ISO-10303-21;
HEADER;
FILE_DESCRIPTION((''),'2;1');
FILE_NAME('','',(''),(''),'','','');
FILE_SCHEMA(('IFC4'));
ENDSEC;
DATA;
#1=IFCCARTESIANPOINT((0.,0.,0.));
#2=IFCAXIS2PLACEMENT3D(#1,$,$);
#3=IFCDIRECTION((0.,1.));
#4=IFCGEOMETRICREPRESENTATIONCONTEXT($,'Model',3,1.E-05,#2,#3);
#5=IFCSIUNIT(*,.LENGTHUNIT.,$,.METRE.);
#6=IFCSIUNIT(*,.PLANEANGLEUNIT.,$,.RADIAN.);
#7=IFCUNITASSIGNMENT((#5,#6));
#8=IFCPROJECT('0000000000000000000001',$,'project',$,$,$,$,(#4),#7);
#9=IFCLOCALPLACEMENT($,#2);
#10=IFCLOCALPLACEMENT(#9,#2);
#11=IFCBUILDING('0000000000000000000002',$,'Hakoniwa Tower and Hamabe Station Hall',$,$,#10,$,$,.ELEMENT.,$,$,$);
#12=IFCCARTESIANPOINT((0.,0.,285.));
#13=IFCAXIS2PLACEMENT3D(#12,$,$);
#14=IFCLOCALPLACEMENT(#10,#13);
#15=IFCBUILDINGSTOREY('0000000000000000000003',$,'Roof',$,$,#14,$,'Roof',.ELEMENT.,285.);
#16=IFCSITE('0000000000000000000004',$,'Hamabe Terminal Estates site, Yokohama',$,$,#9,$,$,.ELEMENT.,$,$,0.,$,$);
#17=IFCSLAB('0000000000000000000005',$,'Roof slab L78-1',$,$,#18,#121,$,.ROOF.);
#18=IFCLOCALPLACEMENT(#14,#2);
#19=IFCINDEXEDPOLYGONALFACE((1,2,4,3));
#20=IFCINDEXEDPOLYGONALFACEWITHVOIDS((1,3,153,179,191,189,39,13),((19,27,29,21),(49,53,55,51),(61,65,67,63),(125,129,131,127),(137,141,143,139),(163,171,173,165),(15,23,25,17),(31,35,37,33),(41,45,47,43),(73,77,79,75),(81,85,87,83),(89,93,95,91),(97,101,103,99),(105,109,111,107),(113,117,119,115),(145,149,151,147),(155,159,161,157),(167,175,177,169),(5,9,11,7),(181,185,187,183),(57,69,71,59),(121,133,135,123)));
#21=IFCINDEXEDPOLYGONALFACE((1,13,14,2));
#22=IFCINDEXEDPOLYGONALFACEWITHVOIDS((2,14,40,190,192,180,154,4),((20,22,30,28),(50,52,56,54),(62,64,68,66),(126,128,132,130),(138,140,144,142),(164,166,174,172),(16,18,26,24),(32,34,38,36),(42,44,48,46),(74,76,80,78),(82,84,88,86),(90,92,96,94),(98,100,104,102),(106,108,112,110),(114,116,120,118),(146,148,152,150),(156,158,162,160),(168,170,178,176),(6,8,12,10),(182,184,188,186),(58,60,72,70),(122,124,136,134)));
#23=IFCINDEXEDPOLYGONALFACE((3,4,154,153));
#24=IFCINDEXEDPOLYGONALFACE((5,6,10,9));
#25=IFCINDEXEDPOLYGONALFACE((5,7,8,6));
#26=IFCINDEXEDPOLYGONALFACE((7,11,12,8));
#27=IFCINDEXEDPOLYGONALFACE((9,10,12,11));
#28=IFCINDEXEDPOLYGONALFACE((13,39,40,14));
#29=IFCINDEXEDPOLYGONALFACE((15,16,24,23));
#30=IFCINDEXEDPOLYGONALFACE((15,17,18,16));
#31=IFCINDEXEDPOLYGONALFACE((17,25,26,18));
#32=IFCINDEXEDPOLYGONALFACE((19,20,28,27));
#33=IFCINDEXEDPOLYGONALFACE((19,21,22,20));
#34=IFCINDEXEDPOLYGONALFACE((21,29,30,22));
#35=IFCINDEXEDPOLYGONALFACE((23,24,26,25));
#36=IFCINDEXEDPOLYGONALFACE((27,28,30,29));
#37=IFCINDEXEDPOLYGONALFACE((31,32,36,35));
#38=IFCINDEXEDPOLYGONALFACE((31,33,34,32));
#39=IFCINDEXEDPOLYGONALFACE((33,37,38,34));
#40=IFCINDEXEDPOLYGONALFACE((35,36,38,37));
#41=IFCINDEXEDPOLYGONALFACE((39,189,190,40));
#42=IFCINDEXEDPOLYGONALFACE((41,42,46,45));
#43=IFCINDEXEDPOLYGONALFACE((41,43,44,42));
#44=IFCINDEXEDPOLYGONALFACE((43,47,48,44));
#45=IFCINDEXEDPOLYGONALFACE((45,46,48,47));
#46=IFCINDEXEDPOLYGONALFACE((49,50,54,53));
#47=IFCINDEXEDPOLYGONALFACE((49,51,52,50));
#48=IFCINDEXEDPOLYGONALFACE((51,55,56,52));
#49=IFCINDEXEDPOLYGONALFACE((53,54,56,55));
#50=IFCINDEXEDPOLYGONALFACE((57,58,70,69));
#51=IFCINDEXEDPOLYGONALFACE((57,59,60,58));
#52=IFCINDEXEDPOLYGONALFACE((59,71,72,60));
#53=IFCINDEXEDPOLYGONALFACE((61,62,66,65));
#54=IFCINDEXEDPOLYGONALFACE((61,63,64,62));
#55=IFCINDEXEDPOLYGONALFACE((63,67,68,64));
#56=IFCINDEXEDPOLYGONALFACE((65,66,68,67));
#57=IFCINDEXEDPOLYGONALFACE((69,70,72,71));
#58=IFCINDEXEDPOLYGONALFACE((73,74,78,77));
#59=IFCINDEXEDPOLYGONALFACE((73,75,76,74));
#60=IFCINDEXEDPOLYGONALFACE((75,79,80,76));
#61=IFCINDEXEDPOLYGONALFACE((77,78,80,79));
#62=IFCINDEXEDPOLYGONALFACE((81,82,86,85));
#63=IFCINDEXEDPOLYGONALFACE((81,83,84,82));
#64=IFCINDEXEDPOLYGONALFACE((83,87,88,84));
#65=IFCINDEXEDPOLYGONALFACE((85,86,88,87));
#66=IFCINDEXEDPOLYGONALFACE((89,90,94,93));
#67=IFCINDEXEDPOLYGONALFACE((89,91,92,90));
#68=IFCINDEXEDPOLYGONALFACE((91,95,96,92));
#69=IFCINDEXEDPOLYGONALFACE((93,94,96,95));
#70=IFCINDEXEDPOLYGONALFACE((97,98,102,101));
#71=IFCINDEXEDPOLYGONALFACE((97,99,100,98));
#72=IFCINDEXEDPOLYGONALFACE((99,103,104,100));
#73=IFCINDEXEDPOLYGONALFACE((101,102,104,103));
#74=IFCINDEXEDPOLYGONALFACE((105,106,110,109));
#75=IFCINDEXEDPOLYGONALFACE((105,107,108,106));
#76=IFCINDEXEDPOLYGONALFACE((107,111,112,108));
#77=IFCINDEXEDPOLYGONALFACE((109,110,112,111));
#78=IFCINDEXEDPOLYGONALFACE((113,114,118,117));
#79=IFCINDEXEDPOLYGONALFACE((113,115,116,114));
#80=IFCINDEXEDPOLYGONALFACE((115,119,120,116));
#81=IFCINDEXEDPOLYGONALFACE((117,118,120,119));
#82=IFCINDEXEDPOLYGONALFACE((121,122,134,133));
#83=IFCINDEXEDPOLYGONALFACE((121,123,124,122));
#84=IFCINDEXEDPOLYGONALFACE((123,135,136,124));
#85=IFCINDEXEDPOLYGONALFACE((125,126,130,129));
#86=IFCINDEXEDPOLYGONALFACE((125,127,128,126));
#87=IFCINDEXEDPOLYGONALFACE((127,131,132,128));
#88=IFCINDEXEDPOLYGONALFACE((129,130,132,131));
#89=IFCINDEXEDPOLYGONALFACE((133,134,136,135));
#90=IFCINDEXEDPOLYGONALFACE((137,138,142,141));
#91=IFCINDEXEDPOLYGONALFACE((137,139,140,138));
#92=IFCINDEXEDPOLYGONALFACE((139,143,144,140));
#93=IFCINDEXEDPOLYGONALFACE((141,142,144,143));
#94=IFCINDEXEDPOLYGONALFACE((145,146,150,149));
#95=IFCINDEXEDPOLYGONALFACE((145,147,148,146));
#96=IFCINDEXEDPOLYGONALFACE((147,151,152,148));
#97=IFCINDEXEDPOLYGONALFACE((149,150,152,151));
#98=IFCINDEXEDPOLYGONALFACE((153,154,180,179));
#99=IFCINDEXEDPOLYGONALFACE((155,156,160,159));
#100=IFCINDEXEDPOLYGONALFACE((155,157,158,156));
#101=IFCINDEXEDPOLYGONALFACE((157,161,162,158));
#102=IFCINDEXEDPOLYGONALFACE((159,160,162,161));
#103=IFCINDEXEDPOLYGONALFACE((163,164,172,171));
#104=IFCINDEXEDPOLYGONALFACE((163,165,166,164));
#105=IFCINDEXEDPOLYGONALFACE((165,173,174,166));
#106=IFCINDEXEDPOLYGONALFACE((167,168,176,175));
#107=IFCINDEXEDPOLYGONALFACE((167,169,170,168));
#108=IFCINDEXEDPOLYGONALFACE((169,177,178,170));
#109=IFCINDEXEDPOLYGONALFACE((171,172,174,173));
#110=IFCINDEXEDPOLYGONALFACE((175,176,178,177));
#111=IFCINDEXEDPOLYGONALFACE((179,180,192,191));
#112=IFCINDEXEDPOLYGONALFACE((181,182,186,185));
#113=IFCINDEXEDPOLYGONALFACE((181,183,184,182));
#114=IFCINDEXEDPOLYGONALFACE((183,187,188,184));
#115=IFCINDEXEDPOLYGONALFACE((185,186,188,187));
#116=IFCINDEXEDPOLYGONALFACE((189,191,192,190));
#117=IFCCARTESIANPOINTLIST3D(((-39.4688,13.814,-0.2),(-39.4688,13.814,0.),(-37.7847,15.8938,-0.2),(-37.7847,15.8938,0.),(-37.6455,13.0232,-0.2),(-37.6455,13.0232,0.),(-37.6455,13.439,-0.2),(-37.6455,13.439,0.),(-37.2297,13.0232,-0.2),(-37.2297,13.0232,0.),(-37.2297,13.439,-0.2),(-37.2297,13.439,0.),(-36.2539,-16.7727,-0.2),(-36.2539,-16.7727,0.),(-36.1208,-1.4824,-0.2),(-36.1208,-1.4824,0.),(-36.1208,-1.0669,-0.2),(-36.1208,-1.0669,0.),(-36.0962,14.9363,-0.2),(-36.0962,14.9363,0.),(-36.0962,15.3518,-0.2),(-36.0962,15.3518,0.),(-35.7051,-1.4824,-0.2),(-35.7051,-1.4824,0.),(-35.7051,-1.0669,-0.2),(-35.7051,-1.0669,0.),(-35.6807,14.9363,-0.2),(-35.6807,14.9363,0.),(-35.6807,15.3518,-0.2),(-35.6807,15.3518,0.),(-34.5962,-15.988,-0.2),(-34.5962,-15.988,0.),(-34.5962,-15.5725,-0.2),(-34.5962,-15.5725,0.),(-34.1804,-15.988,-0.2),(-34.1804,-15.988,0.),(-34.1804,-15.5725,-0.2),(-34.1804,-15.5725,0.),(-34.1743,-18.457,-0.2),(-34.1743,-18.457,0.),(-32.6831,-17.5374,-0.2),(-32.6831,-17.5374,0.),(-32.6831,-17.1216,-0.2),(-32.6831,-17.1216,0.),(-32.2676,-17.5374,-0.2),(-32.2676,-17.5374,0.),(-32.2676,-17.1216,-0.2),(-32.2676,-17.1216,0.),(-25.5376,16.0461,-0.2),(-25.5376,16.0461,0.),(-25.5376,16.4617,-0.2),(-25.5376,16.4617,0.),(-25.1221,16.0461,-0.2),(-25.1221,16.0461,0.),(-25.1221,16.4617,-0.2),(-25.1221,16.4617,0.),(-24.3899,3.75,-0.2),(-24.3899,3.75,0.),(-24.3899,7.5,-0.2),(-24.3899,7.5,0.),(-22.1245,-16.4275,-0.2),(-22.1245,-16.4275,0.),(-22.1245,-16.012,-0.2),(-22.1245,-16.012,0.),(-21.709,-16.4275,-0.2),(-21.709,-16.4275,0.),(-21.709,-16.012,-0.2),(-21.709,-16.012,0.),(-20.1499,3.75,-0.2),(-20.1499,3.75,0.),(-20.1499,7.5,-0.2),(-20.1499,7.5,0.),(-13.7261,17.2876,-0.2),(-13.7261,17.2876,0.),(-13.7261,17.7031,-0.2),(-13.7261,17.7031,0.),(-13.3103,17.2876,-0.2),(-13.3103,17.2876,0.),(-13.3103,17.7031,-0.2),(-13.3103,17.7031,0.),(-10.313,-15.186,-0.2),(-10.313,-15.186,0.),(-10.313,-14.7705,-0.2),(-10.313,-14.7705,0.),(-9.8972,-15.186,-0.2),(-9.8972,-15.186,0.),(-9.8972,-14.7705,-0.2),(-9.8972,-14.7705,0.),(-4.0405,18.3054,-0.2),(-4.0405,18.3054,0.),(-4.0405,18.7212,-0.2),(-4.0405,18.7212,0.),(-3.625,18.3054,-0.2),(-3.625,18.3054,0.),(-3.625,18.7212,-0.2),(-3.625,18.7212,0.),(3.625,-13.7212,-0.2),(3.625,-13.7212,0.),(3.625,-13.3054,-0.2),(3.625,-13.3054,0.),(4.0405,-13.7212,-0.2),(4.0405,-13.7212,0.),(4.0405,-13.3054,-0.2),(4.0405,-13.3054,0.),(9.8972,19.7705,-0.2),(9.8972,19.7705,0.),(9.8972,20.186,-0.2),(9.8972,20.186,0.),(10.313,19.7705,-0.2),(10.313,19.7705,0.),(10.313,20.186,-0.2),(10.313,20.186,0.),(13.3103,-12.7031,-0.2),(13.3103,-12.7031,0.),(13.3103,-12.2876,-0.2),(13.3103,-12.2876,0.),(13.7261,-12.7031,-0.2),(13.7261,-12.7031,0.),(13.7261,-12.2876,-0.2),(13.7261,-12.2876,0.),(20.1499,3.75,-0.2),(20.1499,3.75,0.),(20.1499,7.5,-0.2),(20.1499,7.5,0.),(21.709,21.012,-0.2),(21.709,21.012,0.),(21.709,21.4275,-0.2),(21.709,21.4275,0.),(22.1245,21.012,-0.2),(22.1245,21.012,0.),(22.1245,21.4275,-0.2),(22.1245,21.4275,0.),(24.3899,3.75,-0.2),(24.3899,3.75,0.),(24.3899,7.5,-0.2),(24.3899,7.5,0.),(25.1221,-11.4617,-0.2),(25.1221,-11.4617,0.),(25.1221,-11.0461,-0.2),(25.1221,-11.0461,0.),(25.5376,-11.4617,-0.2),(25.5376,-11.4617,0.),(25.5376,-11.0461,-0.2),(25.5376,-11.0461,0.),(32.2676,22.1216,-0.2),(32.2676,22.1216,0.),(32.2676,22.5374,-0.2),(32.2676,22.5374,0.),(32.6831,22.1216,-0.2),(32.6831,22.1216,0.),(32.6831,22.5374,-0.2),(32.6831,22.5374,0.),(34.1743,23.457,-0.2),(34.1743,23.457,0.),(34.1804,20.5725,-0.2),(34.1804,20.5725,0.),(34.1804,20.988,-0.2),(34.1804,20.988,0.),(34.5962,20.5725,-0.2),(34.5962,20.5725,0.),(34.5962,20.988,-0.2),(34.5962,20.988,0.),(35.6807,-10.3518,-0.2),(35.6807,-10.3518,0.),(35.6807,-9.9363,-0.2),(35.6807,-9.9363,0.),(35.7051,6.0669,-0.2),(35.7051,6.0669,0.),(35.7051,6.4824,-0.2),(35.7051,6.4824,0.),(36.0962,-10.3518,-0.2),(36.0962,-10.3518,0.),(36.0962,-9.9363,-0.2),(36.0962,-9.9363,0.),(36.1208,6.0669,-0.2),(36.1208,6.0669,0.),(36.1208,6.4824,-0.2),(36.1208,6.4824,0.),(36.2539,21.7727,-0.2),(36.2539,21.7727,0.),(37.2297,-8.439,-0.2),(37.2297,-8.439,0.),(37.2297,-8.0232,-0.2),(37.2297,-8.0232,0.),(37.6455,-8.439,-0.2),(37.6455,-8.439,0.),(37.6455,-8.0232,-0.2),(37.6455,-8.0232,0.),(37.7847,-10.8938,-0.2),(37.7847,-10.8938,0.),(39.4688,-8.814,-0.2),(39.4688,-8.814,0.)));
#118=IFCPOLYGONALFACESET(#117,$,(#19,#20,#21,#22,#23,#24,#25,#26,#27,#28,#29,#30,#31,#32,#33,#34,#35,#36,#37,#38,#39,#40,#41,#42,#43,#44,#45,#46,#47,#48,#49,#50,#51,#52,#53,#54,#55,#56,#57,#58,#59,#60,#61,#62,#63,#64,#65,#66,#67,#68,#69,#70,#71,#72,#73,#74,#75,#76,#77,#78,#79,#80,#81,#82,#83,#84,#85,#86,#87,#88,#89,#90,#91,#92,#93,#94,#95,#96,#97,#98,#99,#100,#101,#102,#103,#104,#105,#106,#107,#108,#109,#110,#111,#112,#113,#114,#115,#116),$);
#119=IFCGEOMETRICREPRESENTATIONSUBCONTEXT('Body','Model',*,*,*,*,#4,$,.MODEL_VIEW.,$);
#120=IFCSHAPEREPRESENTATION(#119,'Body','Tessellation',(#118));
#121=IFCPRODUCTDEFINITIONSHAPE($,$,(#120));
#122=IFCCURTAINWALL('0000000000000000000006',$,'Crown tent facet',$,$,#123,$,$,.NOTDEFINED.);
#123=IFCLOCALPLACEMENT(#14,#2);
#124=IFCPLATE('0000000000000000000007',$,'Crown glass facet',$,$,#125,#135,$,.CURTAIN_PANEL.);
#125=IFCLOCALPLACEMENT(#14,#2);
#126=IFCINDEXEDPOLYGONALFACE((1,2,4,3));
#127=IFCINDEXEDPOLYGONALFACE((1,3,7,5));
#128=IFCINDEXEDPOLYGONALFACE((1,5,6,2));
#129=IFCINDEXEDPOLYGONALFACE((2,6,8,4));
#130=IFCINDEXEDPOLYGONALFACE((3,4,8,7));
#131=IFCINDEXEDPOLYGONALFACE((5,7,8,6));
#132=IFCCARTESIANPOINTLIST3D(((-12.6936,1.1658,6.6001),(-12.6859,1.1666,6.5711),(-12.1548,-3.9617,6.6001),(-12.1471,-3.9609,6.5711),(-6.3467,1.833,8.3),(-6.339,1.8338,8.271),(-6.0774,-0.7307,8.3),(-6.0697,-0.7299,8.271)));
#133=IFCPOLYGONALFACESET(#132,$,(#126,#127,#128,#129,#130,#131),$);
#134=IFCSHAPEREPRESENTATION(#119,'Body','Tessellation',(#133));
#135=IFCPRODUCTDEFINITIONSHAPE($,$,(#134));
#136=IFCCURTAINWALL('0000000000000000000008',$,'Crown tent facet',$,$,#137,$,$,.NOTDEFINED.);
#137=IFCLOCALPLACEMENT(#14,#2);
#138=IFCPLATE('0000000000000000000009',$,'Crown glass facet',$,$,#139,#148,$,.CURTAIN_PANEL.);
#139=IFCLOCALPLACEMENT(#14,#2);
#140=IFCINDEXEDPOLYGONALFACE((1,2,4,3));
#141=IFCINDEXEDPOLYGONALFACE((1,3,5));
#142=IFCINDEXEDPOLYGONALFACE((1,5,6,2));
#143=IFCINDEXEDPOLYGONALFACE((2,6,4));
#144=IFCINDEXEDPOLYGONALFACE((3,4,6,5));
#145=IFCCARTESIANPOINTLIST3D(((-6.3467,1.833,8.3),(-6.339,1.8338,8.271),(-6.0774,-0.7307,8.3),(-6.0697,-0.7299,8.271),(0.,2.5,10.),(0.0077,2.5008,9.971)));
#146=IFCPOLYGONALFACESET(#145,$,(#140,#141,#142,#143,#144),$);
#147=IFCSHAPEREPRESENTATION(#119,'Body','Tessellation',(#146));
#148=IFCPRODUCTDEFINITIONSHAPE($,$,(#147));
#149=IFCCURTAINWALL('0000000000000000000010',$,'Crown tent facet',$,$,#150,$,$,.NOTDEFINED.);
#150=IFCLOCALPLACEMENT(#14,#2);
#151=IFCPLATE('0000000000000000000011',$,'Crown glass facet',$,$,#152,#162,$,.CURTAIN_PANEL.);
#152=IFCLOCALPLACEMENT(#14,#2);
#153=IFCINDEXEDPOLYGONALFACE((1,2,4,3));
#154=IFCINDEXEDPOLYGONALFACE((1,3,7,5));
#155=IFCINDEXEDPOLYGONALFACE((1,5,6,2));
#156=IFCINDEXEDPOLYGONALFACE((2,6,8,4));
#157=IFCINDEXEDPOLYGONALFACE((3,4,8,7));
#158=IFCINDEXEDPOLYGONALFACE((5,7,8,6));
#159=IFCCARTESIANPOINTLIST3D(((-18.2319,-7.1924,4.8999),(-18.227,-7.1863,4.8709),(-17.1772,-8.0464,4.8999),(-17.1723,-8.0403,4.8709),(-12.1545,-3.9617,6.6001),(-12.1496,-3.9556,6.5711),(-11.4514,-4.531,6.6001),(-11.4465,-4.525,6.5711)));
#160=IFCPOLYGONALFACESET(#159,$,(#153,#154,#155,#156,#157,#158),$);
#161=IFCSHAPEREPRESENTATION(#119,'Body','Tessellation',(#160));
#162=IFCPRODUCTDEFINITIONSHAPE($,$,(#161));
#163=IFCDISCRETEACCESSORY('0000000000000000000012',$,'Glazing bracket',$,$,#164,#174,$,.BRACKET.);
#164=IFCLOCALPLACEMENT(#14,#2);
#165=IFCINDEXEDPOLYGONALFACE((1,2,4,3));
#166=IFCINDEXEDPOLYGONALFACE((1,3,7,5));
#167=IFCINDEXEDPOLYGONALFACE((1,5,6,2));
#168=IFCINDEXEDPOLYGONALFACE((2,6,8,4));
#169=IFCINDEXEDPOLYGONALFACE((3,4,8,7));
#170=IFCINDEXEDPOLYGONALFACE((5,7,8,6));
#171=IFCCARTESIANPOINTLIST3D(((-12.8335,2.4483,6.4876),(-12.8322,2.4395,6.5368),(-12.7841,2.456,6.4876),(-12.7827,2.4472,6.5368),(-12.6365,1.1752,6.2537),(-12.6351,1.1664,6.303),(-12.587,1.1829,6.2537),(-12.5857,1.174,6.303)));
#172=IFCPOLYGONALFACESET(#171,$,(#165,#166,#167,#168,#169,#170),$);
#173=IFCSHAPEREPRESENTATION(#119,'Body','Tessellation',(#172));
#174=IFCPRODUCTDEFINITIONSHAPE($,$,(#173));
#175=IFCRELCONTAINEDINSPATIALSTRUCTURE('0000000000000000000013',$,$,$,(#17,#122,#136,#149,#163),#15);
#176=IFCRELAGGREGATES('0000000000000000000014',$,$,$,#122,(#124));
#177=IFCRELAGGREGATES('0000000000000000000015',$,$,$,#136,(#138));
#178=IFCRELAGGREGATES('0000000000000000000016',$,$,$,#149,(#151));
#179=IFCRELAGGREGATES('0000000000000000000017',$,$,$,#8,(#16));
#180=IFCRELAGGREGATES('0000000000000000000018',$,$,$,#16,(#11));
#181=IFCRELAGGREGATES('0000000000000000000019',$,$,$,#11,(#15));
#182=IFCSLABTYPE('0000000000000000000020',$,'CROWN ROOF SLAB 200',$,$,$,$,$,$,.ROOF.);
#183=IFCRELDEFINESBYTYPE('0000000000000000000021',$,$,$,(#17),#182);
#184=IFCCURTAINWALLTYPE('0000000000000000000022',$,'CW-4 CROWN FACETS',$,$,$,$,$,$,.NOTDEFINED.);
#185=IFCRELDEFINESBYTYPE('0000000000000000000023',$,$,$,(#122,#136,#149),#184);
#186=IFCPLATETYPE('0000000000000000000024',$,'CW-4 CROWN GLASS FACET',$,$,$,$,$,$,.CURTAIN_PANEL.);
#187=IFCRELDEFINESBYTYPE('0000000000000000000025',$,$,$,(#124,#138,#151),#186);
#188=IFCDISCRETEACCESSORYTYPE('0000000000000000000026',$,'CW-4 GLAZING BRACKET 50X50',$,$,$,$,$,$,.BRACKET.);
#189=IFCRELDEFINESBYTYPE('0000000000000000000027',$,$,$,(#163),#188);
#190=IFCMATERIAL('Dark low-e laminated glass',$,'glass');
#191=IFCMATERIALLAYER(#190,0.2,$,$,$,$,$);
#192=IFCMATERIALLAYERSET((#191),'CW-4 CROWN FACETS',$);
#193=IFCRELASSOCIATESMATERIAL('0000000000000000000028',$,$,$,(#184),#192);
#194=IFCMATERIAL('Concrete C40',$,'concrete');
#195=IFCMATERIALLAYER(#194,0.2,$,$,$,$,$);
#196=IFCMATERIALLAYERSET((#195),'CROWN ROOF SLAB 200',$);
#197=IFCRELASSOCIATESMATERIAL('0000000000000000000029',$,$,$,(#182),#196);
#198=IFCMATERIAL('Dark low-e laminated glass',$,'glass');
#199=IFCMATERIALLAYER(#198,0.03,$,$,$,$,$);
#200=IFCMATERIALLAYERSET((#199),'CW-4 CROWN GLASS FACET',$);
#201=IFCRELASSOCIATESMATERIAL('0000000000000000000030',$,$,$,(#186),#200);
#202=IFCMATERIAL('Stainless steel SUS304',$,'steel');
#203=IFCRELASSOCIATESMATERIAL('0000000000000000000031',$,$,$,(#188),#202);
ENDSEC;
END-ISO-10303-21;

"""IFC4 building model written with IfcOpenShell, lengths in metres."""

from ifc_helpers import new_model, si_unit, direction, frame, origin, origin_2d, place, context, subcontext, project, spatial, polyline, rectangle, outline, extrude, material, layer, layer_set, material_profile, profile_set, type_object, element, aggregate, save


model = new_model("IFC4")

# Units and contexts
model_context = context("Model", 3, precision=1e-05, world=origin(), true_north=direction((0.0, 1.0)))
body_context = subcontext(model_context, "Body", "Model", "MODEL_VIEW")
ifc_project = project(units=[si_unit("LENGTHUNIT", "METRE"), si_unit("PLANEANGLEUNIT", "RADIAN")], contexts=[model_context])

# Site, building, storey
site_placement = place(None, origin())
site = spatial("IfcSite", under=ifc_project, at=site_placement, Name="Hamabe Terminal Estates site, Yokohama", CompositionType="ELEMENT", RefElevation=0.0)
building_placement = place(site_placement, origin())
building = spatial("IfcBuilding", under=site, at=building_placement, Name="Hakoniwa Tower and Hamabe Station Hall", CompositionType="ELEMENT")
storey_placement = place(building_placement, frame((0.0, 0.0, 285.0)))
storey = spatial("IfcBuildingStorey", under=building, at=storey_placement, Name="Roof", LongName="Roof", CompositionType="ELEMENT", Elevation=285.0)

# Shared definitions
ifc_material_1 = material(Name="Dark low-e laminated glass", Category="glass")
ifc_layer_1 = layer(ifc_material_1, 0.2)
ifc_layer_set_1 = layer_set([ifc_layer_1], Name="CW-4 CROWN FACETS")
curtain_wall_type = type_object("IfcCurtainWallType", Name="CW-4 CROWN FACETS", PredefinedType="NOTDEFINED", material=ifc_layer_set_1)

# Slab
ifc_material_2 = material(Name="Concrete C40", Category="concrete")
ifc_layer_2 = layer(ifc_material_2, 0.2)
ifc_layer_set_2 = layer_set([ifc_layer_2], Name="CROWN ROOF SLAB 200")
slab_type = type_object("IfcSlabType", Name="CROWN ROOF SLAB 200", PredefinedType="ROOF", material=ifc_layer_set_2)
slab_placement = place(storey_placement, frame((0.0, 0.0, -0.2)))
element("IfcSlab", 1, at=slab_placement, inside=storey, type_object=slab_type, Name="Roof slab L78-1", PredefinedType="ROOF", context=body_context, shape_type="SweptSolid", body=[
    extrude(outline(polyline([(36.2539, 21.7727), (34.1743, 23.457), (-37.7847, 15.8938), (-39.4688, 13.814), (-36.2539, -16.7727), (-34.1743, -18.457), (37.7847, -10.8938), (39.4688, -8.814), (36.2539, 21.7727)]), holes=[polyline([(34.1804, 20.5725), (34.1804, 20.988), (34.5962, 20.988), (34.5962, 20.5725), (34.1804, 20.5725)]), polyline([(32.2676, 22.1216), (32.2676, 22.5374), (32.6831, 22.5374), (32.6831, 22.1216), (32.2676, 22.1216)]), polyline([(21.709, 21.012), (21.709, 21.4275), (22.1245, 21.4275), (22.1245, 21.012), (21.709, 21.012)]), polyline([(9.8972, 19.7705), (9.8972, 20.186), (10.313, 20.186), (10.313, 19.7705), (9.8972, 19.7705)]), polyline([(-4.0405, 18.3054), (-4.0405, 18.7212), (-3.625, 18.7212), (-3.625, 18.3054), (-4.0405, 18.3054)]), polyline([(-13.7261, 17.2876), (-13.7261, 17.7031), (-13.3103, 17.7031), (-13.3103, 17.2876), (-13.7261, 17.2876)]), polyline([(-25.5376, 16.0461), (-25.5376, 16.4617), (-25.1221, 16.4617), (-25.1221, 16.0461), (-25.5376, 16.0461)]), polyline([(-36.0962, 14.9363), (-36.0962, 15.3518), (-35.6807, 15.3518), (-35.6807, 14.9363), (-36.0962, 14.9363)]), polyline([(-37.6455, 13.0232), (-37.6455, 13.439), (-37.2297, 13.439), (-37.2297, 13.0232), (-37.6455, 13.0232)]), polyline([(-36.1208, -1.4824), (-36.1208, -1.0669), (-35.7051, -1.0669), (-35.7051, -1.4824), (-36.1208, -1.4824)]), polyline([(-34.5962, -15.988), (-34.5962, -15.5725), (-34.1804, -15.5725), (-34.1804, -15.988), (-34.5962, -15.988)]), polyline([(-32.6831, -17.5374), (-32.6831, -17.1216), (-32.2676, -17.1216), (-32.2676, -17.5374), (-32.6831, -17.5374)]), polyline([(-22.1245, -16.4275), (-22.1245, -16.012), (-21.709, -16.012), (-21.709, -16.4275), (-22.1245, -16.4275)]), polyline([(-10.313, -15.186), (-10.313, -14.7705), (-9.8972, -14.7705), (-9.8972, -15.186), (-10.313, -15.186)]), polyline([(3.625, -13.7212), (3.625, -13.3054), (4.0405, -13.3054), (4.0405, -13.7212), (3.625, -13.7212)]), polyline([(13.3103, -12.7031), (13.3103, -12.2876), (13.7261, -12.2876), (13.7261, -12.7031), (13.3103, -12.7031)]), polyline([(25.1221, -11.4617), (25.1221, -11.0461), (25.5376, -11.0461), (25.5376, -11.4617), (25.1221, -11.4617)]), polyline([(35.6807, -10.3518), (35.6807, -9.9363), (36.0962, -9.9363), (36.0962, -10.3518), (35.6807, -10.3518)]), polyline([(37.2297, -8.439), (37.2297, -8.0232), (37.6455, -8.0232), (37.6455, -8.439), (37.2297, -8.439)]), polyline([(35.7051, 6.0669), (35.7051, 6.4824), (36.1208, 6.4824), (36.1208, 6.0669), (35.7051, 6.0669)]), polyline([(-20.1499, 3.75), (-24.3899, 3.75), (-24.3899, 7.5), (-20.1499, 7.5), (-20.1499, 3.75)]), polyline([(24.3899, 3.75), (20.1499, 3.75), (20.1499, 7.5), (24.3899, 7.5), (24.3899, 3.75)])]), origin(), (0.0, 0.0, 1.0), 0.2),
])

# Curtain walls, plates
curtain_wall_1_placement = place(storey_placement, origin())
curtain_wall_1 = element("IfcCurtainWall", 2, at=curtain_wall_1_placement, inside=storey, type_object=curtain_wall_type, Name="Crown tent facet", PredefinedType="NOTDEFINED")
ifc_material_3 = material(Name="Dark low-e laminated glass", Category="glass")
ifc_layer_3 = layer(ifc_material_3, 0.03)
ifc_layer_set_3 = layer_set([ifc_layer_3], Name="CW-4 CROWN GLASS FACET")
plate_type = type_object("IfcPlateType", Name="CW-4 CROWN GLASS FACET", PredefinedType="CURTAIN_PANEL", material=ifc_layer_set_3)
plate_1_placement = place(storey_placement, frame((-12.1548, -3.9617, 6.6001), z_axis=(-0.25599, -0.026897, 0.966305), x_axis=(-0.104509, 0.994524, -0.000004)))
plate_1 = element("IfcPlate", 3, at=plate_1_placement, type_object=plate_type, Name="Crown glass facet", PredefinedType="CURTAIN_PANEL", context=body_context, shape_type="SweptSolid", body=[
    extrude(outline(polyline([(0.0, 0.0), (5.1557, 0.0), (5.1559, -6.6044), (2.5781, -6.6043), (0.0, 0.0)])), origin(), (0.0, 0.0, -1.0), 0.03),
])
aggregate(curtain_wall_1, [plate_1])
curtain_wall_2_placement = place(storey_placement, origin())
curtain_wall_2 = element("IfcCurtainWall", 4, at=curtain_wall_2_placement, inside=storey, type_object=curtain_wall_type, Name="Crown tent facet", PredefinedType="NOTDEFINED")
plate_2_placement = place(storey_placement, frame((-6.0774, -0.7307, 8.3), z_axis=(-0.255997, -0.026889, 0.966303), x_axis=(-0.104463, 0.994529, 0.0)))
plate_2 = element("IfcPlate", 5, at=plate_2_placement, type_object=plate_type, Name="Crown glass facet", PredefinedType="CURTAIN_PANEL", context=body_context, shape_type="SweptSolid", body=[
    extrude(outline(polyline([(0.0, 0.0), (2.5778, 0.0), (2.5782, -6.6042), (0.0, 0.0)])), origin(), (0.0, 0.0, -1.0), 0.03),
])
aggregate(curtain_wall_2, [plate_2])
curtain_wall_3_placement = place(storey_placement, origin())
curtain_wall_3 = element("IfcCurtainWall", 6, at=curtain_wall_3_placement, inside=storey, type_object=curtain_wall_type, Name="Crown tent facet", PredefinedType="NOTDEFINED")
plate_3_placement = place(storey_placement, frame((-12.1545, -3.9617, 6.6001), z_axis=(-0.163111, -0.201441, 0.965824), x_axis=(0.777169, -0.629291, 0.0)))
plate_3 = element("IfcPlate", 7, at=plate_3_placement, type_object=plate_type, Name="Crown glass facet", PredefinedType="CURTAIN_PANEL", context=body_context, shape_type="SweptSolid", body=[
    extrude(outline(polyline([(0.0, 0.0), (0.9047, 0.0), (-1.333, -6.5594), (-2.6901, -6.5594), (0.0, 0.0)])), origin(), (0.0, 0.0, -1.0), 0.03),
])
aggregate(curtain_wall_3, [plate_3])

# Discrete accessory
ifc_material_4 = material(Name="Stainless steel SUS304", Category="steel")
ifc_material_profile_1 = material_profile(ifc_material_4, rectangle(XDim=0.05, YDim=0.05, at=origin_2d()), Name="CW-4 GLAZING BRACKET 50X50")
ifc_profile_set_1 = profile_set([ifc_material_profile_1], Name="Stainless steel SUS304")
discrete_accessory_type = type_object("IfcDiscreteAccessoryType", Name="CW-4 GLAZING BRACKET 50X50", PredefinedType="BRACKET", material=ifc_profile_set_1)
discrete_accessory_1_placement = place(storey_placement, frame((-12.8081, 2.4478, 6.5122), z_axis=(0.150466, -0.972345, -0.178621), x_axis=(0.988238, 0.152926, 0.0)))
element("IfcDiscreteAccessory", 8, at=discrete_accessory_1_placement, inside=storey, type_object=discrete_accessory_type, Name="Glazing bracket", PredefinedType="BRACKET", context=body_context, shape_type="SweptSolid", body=[
    extrude(rectangle(XDim=0.05, YDim=0.05, at=origin_2d()), origin(), (0.0, 0.0, 1.0), 1.3093),
])

save(model, "model.ifc")
